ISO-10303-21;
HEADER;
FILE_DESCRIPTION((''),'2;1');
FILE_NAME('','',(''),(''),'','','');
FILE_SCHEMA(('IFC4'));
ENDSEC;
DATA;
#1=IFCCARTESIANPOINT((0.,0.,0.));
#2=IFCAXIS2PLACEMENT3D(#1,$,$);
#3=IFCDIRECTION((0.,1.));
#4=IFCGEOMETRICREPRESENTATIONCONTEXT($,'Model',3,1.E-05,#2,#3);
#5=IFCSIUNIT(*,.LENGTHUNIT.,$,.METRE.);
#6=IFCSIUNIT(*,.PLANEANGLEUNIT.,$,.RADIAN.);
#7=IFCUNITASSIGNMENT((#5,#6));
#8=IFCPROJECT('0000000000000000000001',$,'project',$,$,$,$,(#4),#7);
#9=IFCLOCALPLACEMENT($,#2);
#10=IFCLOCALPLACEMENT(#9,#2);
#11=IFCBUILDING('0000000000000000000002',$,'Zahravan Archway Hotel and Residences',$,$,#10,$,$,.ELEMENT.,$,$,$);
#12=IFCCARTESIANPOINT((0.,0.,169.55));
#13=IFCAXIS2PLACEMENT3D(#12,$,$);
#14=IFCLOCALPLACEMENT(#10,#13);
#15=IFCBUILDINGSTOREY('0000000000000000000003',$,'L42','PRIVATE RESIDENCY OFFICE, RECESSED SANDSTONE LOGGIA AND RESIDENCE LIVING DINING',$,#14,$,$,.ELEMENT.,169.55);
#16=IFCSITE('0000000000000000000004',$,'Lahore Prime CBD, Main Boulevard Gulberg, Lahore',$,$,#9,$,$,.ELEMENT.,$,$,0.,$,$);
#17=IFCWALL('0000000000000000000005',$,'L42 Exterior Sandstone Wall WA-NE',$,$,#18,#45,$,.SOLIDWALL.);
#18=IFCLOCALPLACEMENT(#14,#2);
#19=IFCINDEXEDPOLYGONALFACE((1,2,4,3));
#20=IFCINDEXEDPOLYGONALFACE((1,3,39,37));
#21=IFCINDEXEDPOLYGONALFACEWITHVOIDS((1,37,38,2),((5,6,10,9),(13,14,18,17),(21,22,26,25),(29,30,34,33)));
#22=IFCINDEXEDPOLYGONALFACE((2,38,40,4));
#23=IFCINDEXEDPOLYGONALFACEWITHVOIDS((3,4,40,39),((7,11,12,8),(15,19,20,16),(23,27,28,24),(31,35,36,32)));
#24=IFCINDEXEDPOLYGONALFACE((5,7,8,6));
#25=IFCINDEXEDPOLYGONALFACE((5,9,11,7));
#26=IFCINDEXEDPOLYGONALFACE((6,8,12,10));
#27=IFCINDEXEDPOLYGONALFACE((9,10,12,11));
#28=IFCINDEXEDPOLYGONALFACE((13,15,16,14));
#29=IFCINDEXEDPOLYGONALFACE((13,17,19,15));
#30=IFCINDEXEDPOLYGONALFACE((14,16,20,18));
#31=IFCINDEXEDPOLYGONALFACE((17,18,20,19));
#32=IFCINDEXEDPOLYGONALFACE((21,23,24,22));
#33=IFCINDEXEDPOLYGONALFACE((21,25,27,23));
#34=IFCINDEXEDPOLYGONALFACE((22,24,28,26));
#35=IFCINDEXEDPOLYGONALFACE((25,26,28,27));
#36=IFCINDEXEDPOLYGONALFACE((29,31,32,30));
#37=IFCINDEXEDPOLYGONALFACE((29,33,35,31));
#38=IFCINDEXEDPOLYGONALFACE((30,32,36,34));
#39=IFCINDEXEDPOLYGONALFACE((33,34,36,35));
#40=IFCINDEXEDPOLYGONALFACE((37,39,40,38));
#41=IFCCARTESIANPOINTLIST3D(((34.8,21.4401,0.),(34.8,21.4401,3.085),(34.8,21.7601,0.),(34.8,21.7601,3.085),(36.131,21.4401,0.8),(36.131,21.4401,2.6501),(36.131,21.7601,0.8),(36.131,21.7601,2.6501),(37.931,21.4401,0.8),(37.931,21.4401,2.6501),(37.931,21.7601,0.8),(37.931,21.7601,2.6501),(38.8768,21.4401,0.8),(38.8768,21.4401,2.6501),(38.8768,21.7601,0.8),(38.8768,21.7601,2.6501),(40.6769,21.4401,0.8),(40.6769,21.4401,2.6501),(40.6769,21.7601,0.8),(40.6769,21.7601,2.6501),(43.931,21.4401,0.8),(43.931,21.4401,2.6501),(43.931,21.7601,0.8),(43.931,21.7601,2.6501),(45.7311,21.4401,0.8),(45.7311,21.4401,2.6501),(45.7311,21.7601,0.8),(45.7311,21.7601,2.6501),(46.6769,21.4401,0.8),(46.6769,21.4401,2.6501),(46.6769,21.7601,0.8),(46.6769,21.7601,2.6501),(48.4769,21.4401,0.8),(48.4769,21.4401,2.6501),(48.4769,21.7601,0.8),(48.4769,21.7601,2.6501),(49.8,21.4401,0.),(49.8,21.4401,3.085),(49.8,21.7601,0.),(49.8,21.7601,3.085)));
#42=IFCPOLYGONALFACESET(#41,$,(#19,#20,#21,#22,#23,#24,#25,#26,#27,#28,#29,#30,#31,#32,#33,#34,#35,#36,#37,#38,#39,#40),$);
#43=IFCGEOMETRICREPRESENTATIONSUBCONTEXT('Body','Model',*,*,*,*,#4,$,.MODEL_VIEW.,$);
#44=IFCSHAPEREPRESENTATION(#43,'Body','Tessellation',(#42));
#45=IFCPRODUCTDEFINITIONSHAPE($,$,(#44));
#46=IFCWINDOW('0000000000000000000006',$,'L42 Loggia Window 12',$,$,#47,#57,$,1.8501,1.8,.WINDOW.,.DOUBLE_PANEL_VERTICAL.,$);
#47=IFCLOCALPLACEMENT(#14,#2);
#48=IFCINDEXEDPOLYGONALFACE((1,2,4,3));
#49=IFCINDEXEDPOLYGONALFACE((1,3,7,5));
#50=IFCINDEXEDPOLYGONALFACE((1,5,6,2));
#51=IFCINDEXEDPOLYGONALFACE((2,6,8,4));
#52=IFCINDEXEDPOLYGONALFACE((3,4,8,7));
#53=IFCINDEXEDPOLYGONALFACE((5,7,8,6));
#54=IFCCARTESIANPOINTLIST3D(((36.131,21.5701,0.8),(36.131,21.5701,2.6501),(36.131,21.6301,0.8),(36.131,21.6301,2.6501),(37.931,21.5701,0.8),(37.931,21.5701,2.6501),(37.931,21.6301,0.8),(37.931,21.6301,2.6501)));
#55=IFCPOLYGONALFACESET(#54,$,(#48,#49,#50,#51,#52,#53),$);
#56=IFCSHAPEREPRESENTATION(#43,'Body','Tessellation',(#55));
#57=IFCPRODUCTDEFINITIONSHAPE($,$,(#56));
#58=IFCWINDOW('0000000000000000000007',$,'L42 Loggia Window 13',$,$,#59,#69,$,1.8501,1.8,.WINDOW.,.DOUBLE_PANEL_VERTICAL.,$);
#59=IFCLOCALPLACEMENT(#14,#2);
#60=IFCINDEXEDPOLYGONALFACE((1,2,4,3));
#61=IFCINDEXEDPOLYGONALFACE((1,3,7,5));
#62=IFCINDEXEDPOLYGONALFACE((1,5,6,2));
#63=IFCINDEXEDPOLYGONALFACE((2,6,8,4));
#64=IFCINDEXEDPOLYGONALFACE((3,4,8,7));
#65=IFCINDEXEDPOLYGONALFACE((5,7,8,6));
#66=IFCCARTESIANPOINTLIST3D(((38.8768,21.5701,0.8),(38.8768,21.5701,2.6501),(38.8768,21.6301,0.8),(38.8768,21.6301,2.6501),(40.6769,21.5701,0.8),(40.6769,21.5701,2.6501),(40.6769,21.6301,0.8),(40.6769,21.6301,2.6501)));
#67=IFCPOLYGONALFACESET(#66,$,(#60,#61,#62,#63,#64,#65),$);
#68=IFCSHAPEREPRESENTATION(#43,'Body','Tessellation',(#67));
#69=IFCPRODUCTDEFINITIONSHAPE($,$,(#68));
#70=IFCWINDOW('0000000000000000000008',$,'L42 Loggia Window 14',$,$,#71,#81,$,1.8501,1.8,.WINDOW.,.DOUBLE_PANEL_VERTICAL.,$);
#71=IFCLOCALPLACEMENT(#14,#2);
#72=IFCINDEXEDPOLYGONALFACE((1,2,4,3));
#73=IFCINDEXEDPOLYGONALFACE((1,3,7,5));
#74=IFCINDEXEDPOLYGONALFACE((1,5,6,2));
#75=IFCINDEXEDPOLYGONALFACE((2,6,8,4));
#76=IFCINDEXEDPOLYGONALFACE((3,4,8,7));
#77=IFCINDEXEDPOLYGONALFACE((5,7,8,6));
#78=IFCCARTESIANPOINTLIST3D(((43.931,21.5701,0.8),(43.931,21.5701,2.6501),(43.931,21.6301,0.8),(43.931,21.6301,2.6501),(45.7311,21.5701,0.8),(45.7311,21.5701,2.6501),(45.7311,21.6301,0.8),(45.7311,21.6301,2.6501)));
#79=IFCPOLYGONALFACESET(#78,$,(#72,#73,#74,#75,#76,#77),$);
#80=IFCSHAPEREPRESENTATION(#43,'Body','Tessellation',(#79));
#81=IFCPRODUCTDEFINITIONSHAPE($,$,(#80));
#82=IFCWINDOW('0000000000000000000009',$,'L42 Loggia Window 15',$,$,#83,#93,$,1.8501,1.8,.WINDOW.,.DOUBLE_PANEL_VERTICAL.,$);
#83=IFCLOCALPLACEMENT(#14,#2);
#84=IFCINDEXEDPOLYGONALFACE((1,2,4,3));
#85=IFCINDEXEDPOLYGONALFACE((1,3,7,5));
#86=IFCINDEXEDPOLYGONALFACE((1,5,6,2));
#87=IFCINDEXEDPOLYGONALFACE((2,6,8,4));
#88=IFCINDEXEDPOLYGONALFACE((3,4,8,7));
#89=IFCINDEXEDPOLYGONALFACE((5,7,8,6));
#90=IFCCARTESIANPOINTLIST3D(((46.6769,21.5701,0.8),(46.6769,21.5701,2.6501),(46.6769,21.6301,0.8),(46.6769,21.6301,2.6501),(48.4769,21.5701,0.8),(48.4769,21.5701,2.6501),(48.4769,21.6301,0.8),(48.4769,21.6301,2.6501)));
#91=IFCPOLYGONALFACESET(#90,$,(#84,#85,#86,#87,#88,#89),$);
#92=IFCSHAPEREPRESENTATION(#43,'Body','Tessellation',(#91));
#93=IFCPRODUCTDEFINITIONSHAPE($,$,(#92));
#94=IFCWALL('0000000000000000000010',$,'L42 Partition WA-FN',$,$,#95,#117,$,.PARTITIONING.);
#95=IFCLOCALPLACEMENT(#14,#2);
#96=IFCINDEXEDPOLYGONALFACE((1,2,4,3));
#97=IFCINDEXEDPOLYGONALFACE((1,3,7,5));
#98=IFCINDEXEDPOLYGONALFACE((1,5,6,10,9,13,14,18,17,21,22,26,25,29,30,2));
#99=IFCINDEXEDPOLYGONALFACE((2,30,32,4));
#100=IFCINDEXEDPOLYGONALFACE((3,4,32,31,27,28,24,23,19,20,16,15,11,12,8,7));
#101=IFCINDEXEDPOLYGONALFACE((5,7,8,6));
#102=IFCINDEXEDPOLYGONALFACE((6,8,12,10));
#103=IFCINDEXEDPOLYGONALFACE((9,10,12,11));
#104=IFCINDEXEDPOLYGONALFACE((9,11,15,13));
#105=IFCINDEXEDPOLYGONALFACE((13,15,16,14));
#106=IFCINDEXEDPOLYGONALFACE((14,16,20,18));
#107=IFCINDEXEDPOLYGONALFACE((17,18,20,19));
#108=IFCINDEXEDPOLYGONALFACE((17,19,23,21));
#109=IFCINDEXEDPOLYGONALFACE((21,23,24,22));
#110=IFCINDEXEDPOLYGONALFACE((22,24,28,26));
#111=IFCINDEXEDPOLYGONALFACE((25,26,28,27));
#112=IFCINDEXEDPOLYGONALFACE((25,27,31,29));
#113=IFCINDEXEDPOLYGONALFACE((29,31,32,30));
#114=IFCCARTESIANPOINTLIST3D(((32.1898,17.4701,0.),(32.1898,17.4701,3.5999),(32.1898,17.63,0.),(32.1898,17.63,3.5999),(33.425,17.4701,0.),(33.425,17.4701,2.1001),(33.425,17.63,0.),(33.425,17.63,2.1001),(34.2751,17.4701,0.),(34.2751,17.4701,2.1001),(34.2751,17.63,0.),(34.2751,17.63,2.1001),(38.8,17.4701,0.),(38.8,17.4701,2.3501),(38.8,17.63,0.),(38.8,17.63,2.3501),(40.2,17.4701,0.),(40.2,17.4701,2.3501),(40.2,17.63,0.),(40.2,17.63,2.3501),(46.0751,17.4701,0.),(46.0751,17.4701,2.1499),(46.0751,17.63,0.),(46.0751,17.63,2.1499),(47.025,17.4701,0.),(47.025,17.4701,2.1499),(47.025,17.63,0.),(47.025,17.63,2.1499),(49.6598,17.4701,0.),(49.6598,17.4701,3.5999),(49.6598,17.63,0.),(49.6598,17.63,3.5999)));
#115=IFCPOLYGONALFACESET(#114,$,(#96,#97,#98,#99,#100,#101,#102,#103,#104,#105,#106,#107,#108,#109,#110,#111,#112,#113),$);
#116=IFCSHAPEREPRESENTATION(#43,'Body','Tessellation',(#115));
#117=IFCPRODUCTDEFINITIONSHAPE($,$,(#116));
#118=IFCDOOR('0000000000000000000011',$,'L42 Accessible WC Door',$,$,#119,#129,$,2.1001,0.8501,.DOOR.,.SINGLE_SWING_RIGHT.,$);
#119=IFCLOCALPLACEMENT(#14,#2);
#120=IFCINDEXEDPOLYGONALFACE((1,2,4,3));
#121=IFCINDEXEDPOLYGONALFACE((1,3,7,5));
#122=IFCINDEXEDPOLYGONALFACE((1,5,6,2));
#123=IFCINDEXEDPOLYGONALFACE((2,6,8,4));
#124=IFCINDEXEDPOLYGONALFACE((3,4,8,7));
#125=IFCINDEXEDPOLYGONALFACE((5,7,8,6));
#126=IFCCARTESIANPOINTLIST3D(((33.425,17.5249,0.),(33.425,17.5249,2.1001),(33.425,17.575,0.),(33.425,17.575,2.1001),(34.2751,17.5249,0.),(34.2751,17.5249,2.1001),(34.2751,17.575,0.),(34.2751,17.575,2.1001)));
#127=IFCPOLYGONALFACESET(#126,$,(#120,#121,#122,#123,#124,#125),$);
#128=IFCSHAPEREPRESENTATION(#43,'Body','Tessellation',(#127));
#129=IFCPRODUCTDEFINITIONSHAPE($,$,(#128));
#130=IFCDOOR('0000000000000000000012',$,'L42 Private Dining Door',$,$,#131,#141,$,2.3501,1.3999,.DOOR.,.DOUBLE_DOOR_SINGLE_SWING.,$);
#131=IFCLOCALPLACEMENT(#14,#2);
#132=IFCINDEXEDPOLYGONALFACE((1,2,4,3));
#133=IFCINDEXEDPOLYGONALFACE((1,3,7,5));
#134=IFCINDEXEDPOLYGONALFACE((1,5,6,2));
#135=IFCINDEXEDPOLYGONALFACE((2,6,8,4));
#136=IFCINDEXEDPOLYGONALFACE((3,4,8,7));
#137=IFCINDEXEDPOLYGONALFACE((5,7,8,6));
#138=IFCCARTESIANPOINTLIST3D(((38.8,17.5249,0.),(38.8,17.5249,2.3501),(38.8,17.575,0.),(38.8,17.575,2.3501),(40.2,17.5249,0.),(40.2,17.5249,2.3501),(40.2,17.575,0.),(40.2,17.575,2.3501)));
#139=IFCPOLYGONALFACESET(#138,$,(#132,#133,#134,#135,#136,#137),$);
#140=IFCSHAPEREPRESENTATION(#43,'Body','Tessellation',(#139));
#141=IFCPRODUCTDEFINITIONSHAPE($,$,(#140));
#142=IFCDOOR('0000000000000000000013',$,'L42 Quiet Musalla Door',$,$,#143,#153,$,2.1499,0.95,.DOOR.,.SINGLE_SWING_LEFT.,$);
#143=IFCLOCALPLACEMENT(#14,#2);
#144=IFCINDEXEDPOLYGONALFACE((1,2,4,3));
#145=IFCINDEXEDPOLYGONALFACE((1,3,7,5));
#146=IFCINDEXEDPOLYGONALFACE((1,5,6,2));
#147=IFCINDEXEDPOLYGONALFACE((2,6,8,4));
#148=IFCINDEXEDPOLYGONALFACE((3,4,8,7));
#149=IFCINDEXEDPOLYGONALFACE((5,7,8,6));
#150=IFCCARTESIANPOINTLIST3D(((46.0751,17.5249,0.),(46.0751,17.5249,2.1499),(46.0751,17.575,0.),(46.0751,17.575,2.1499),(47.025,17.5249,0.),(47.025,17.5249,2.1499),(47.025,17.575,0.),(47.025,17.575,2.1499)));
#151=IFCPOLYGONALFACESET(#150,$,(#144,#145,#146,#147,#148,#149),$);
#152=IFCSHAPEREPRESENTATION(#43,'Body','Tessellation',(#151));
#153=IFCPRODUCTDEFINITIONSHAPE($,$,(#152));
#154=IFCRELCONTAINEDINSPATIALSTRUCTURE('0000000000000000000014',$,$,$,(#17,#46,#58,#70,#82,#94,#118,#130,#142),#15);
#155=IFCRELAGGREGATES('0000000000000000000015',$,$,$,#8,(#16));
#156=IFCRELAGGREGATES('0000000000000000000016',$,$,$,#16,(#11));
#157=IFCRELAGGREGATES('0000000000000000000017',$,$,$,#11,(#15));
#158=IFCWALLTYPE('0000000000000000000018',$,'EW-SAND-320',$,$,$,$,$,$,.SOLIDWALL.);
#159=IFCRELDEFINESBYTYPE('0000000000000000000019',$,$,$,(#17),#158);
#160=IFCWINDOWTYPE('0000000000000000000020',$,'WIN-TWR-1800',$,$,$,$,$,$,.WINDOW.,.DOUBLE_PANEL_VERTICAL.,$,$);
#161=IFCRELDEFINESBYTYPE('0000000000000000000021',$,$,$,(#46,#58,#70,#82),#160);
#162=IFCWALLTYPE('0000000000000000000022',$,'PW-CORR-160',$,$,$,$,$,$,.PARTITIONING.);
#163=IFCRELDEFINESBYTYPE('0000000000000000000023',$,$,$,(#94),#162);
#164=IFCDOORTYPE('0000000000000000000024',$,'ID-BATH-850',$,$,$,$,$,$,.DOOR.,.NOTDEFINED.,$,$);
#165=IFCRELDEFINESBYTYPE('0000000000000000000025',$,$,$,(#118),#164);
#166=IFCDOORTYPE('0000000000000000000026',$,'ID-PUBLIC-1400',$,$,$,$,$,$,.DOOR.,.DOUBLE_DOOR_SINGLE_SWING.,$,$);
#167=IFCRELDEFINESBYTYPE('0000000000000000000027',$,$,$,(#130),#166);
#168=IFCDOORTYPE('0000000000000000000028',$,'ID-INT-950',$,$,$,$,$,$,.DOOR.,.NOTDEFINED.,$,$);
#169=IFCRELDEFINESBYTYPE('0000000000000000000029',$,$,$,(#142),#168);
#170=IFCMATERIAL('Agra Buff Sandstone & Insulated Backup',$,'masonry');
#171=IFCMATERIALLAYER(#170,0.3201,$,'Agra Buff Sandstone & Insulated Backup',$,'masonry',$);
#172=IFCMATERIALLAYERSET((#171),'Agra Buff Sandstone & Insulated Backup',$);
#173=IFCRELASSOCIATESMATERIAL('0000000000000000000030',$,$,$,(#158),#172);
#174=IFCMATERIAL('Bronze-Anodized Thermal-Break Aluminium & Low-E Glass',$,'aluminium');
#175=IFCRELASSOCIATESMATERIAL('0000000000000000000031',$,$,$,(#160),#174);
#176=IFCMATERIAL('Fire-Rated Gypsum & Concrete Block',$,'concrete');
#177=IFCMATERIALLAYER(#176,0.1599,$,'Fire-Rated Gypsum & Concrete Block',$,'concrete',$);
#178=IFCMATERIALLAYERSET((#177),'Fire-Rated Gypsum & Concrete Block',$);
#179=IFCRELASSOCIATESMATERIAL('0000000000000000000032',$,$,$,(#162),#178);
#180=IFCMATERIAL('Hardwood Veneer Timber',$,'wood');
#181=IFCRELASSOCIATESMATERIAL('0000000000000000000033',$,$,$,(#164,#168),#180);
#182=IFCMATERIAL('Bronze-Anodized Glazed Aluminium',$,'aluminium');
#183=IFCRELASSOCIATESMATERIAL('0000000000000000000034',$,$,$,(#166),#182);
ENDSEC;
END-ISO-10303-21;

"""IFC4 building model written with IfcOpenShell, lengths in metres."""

from ifc_helpers import new_model, si_unit, direction, frame, frame_2d, origin, place, context, subcontext, project, spatial, rectangle, extrude, source, transform, mapped, material, layer, layer_set, type_object, type_shapes, element, fill, save


model = new_model("IFC4")

# Units and contexts
model_context = context("Model", 3, precision=1e-05, world=origin(), true_north=direction((0.0, 1.0)))
body_context = subcontext(model_context, "Body", "Model", "MODEL_VIEW")
ifc_project = project(units=[si_unit("LENGTHUNIT", "METRE"), si_unit("PLANEANGLEUNIT", "RADIAN")], contexts=[model_context])

# Site, building, storey
site_placement = place(None, origin())
site = spatial("IfcSite", under=ifc_project, at=site_placement, Name="Lahore Prime CBD, Main Boulevard Gulberg, Lahore", CompositionType="ELEMENT", RefElevation=0.0)
building_placement = place(site_placement, origin())
building = spatial("IfcBuilding", under=site, at=building_placement, Name="Zahravan Archway Hotel and Residences", CompositionType="ELEMENT")
storey_placement = place(building_placement, frame((0.0, 0.0, 169.55)))
storey = spatial("IfcBuildingStorey", under=building, at=storey_placement, Name="L42", Description="PRIVATE RESIDENCY OFFICE, RECESSED SANDSTONE LOGGIA AND RESIDENCE LIVING DINING", CompositionType="ELEMENT", Elevation=169.55)

# Wall, openings, windows
ifc_material_1 = material(Name="Agra Buff Sandstone & Insulated Backup", Category="masonry")
ifc_layer_1 = layer(ifc_material_1, 0.3201, Name="Agra Buff Sandstone & Insulated Backup", Category="masonry")
ifc_layer_set_1 = layer_set([ifc_layer_1], Name="Agra Buff Sandstone & Insulated Backup")
wall_type_1 = type_object("IfcWallType", Name="EW-SAND-320", PredefinedType="SOLIDWALL", material=ifc_layer_set_1)
wall_1_placement = place(storey_placement, frame((34.8, 21.6001, 0.0), z_axis=(0.0, 0.0, 1.0), x_axis=(1.0, 0.0, 0.0)))
wall_1 = element("IfcWall", 1, at=wall_1_placement, inside=storey, type_object=wall_type_1, Name="L42 Exterior Sandstone Wall WA-NE", PredefinedType="SOLIDWALL", context=body_context, shape_type="SweptSolid", body=[
    extrude(rectangle(XDim=15.0, YDim=0.3201, at=frame_2d((7.5, 0.0))), origin(), (0.0, 0.0, 1.0), 3.085),
])
opening_1_placement = place(wall_1_placement, frame((1.3311, 0.0, 0.8)))
opening_1 = element("IfcOpeningElement", 2, at=opening_1_placement, cuts=wall_1, PredefinedType="OPENING", context=body_context, shape_type="SweptSolid", body=[
    extrude(rectangle(XDim=1.8, YDim=1.8501, at=frame_2d((0.8999, 0.925))), frame((0.0, 0.1699, 0.0), z_axis=(0.0, -1.0, 0.0), x_axis=(1.0, 0.0, 0.0)), (0.0, 0.0, 1.0), 0.3401),
])
opening_2_placement = place(wall_1_placement, frame((4.0769, 0.0, 0.8)))
opening_2 = element("IfcOpeningElement", 3, at=opening_2_placement, cuts=wall_1, PredefinedType="OPENING", context=body_context, shape_type="SweptSolid", body=[
    extrude(rectangle(XDim=1.8, YDim=1.8501, at=frame_2d((0.8999, 0.925))), frame((0.0, 0.1699, 0.0), z_axis=(0.0, -1.0, 0.0), x_axis=(1.0, 0.0, 0.0)), (0.0, 0.0, 1.0), 0.3401),
])
opening_3_placement = place(wall_1_placement, frame((9.1311, 0.0, 0.8)))
opening_3 = element("IfcOpeningElement", 4, at=opening_3_placement, cuts=wall_1, PredefinedType="OPENING", context=body_context, shape_type="SweptSolid", body=[
    extrude(rectangle(XDim=1.8, YDim=1.8501, at=frame_2d((0.8999, 0.925))), frame((0.0, 0.1699, 0.0), z_axis=(0.0, -1.0, 0.0), x_axis=(1.0, 0.0, 0.0)), (0.0, 0.0, 1.0), 0.3401),
])
opening_4_placement = place(wall_1_placement, frame((11.877, 0.0, 0.8)))
opening_4 = element("IfcOpeningElement", 5, at=opening_4_placement, cuts=wall_1, PredefinedType="OPENING", context=body_context, shape_type="SweptSolid", body=[
    extrude(rectangle(XDim=1.8, YDim=1.8501, at=frame_2d((0.8999, 0.925))), frame((0.0, 0.1699, 0.0), z_axis=(0.0, -1.0, 0.0), x_axis=(1.0, 0.0, 0.0)), (0.0, 0.0, 1.0), 0.3401),
])
ifc_material_2 = material(Name="Bronze-Anodized Thermal-Break Aluminium & Low-E Glass", Category="aluminium")
window_type = type_object("IfcWindowType", Name="WIN-TWR-1800", PartitioningType="DOUBLE_PANEL_VERTICAL", PredefinedType="WINDOW", material=ifc_material_2)
shared_shape_1 = source(origin(), body_context, "Body", "SweptSolid", [
    extrude(rectangle(XDim=1.8, YDim=1.8501, at=frame_2d((0.8999, 0.925))), frame((0.0, 0.03, 0.0), z_axis=(0.0, -1.0, 0.0), x_axis=(1.0, 0.0, 0.0)), (0.0, 0.0, 1.0), 0.0601),
])
type_shapes(window_type, [shared_shape_1])
window_1_placement = place(opening_1_placement, origin())
window_1 = element("IfcWindow", 6, at=window_1_placement, inside=storey, type_object=window_type, Name="L42 Loggia Window 12", OverallHeight=1.8501, OverallWidth=1.8, PartitioningType="DOUBLE_PANEL_VERTICAL", PredefinedType="WINDOW", context=body_context, shape_type="MappedRepresentation", body=[
    mapped(shared_shape_1, transform((0.0, 0.0, 0.0), scale=1.0)),
])
fill(opening_1, window_1)
window_2_placement = place(opening_2_placement, origin())
window_2 = element("IfcWindow", 7, at=window_2_placement, inside=storey, type_object=window_type, Name="L42 Loggia Window 13", OverallHeight=1.8501, OverallWidth=1.8, PartitioningType="DOUBLE_PANEL_VERTICAL", PredefinedType="WINDOW", context=body_context, shape_type="MappedRepresentation", body=[
    mapped(shared_shape_1, transform((0.0, 0.0, 0.0), scale=1.0)),
])
fill(opening_2, window_2)
window_3_placement = place(opening_3_placement, origin())
window_3 = element("IfcWindow", 8, at=window_3_placement, inside=storey, type_object=window_type, Name="L42 Loggia Window 14", OverallHeight=1.8501, OverallWidth=1.8, PartitioningType="DOUBLE_PANEL_VERTICAL", PredefinedType="WINDOW", context=body_context, shape_type="MappedRepresentation", body=[
    mapped(shared_shape_1, transform((0.0, 0.0, 0.0), scale=1.0)),
])
fill(opening_3, window_3)
window_4_placement = place(opening_4_placement, origin())
window_4 = element("IfcWindow", 9, at=window_4_placement, inside=storey, type_object=window_type, Name="L42 Loggia Window 15", OverallHeight=1.8501, OverallWidth=1.8, PartitioningType="DOUBLE_PANEL_VERTICAL", PredefinedType="WINDOW", context=body_context, shape_type="MappedRepresentation", body=[
    mapped(shared_shape_1, transform((0.0, 0.0, 0.0), scale=1.0)),
])
fill(opening_4, window_4)

# Wall, openings, doors
ifc_material_3 = material(Name="Fire-Rated Gypsum & Concrete Block", Category="concrete")
ifc_layer_2 = layer(ifc_material_3, 0.1599, Name="Fire-Rated Gypsum & Concrete Block", Category="concrete")
ifc_layer_set_2 = layer_set([ifc_layer_2], Name="Fire-Rated Gypsum & Concrete Block")
wall_type_2 = type_object("IfcWallType", Name="PW-CORR-160", PredefinedType="PARTITIONING", material=ifc_layer_set_2)
wall_2_placement = place(storey_placement, frame((32.1899, 17.55, 0.0), z_axis=(0.0, 0.0, 1.0), x_axis=(1.0, 0.0, 0.0)))
wall_2 = element("IfcWall", 10, at=wall_2_placement, inside=storey, type_object=wall_type_2, Name="L42 Partition WA-FN", PredefinedType="PARTITIONING", context=body_context, shape_type="SweptSolid", body=[
    extrude(rectangle(XDim=17.47, YDim=0.1599, at=frame_2d((8.7349, 0.0))), origin(), (0.0, 0.0, 1.0), 3.5999),
])
opening_5_placement = place(wall_2_placement, frame((1.2351, 0.0, 0.0)))
opening_5 = element("IfcOpeningElement", 11, at=opening_5_placement, cuts=wall_2, PredefinedType="OPENING", context=body_context, shape_type="SweptSolid", body=[
    extrude(rectangle(XDim=0.8501, YDim=2.1001, at=frame_2d((0.425, 1.05))), frame((0.0, 0.0898, 0.0), z_axis=(0.0, -1.0, 0.0), x_axis=(1.0, 0.0, 0.0)), (0.0, 0.0, 1.0), 0.1799),
])
opening_6_placement = place(wall_2_placement, frame((6.6101, 0.0, 0.0)))
opening_6 = element("IfcOpeningElement", 12, at=opening_6_placement, cuts=wall_2, PredefinedType="OPENING", context=body_context, shape_type="SweptSolid", body=[
    extrude(rectangle(XDim=1.3999, YDim=2.3501, at=frame_2d((0.7, 1.175))), frame((0.0, 0.0898, 0.0), z_axis=(0.0, -1.0, 0.0), x_axis=(1.0, 0.0, 0.0)), (0.0, 0.0, 1.0), 0.1799),
])
opening_7_placement = place(wall_2_placement, frame((13.885, 0.0, 0.0)))
opening_7 = element("IfcOpeningElement", 13, at=opening_7_placement, cuts=wall_2, PredefinedType="OPENING", context=body_context, shape_type="SweptSolid", body=[
    extrude(rectangle(XDim=0.95, YDim=2.1499, at=frame_2d((0.4751, 1.075))), frame((0.0, 0.0898, 0.0), z_axis=(0.0, -1.0, 0.0), x_axis=(1.0, 0.0, 0.0)), (0.0, 0.0, 1.0), 0.1799),
])
ifc_material_4 = material(Name="Hardwood Veneer Timber", Category="wood")
door_type_1 = type_object("IfcDoorType", Name="ID-BATH-850", OperationType="NOTDEFINED", PredefinedType="DOOR", material=ifc_material_4)
shared_shape_2 = source(origin(), body_context, "Body", "SweptSolid", [
    extrude(rectangle(XDim=0.8501, YDim=2.1001, at=frame_2d((0.425, 1.05))), frame((0.0, 0.0249, 0.0), z_axis=(0.0, -1.0, 0.0), x_axis=(1.0, 0.0, 0.0)), (0.0, 0.0, 1.0), 0.05),
])
type_shapes(door_type_1, [shared_shape_2])
door_1_placement = place(opening_5_placement, origin())
door_1 = element("IfcDoor", 14, at=door_1_placement, inside=storey, type_object=door_type_1, Name="L42 Accessible WC Door", OperationType="SINGLE_SWING_RIGHT", OverallHeight=2.1001, OverallWidth=0.8501, PredefinedType="DOOR", context=body_context, shape_type="MappedRepresentation", body=[
    mapped(shared_shape_2, transform((0.0, 0.0, 0.0), scale=1.0)),
])
fill(opening_5, door_1)
ifc_material_5 = material(Name="Bronze-Anodized Glazed Aluminium", Category="aluminium")
door_type_2 = type_object("IfcDoorType", Name="ID-PUBLIC-1400", OperationType="DOUBLE_DOOR_SINGLE_SWING", PredefinedType="DOOR", material=ifc_material_5)
shared_shape_3 = source(origin(), body_context, "Body", "SweptSolid", [
    extrude(rectangle(XDim=1.3999, YDim=2.3501, at=frame_2d((0.7, 1.175))), frame((0.0, 0.0249, 0.0), z_axis=(0.0, -1.0, 0.0), x_axis=(1.0, 0.0, 0.0)), (0.0, 0.0, 1.0), 0.05),
])
type_shapes(door_type_2, [shared_shape_3])
door_2_placement = place(opening_6_placement, origin())
door_2 = element("IfcDoor", 15, at=door_2_placement, inside=storey, type_object=door_type_2, Name="L42 Private Dining Door", OperationType="DOUBLE_DOOR_SINGLE_SWING", OverallHeight=2.3501, OverallWidth=1.3999, PredefinedType="DOOR", context=body_context, shape_type="MappedRepresentation", body=[
    mapped(shared_shape_3, transform((0.0, 0.0, 0.0), scale=1.0)),
])
fill(opening_6, door_2)
door_type_3 = type_object("IfcDoorType", Name="ID-INT-950", OperationType="NOTDEFINED", PredefinedType="DOOR", material=ifc_material_4)
shared_shape_4 = source(origin(), body_context, "Body", "SweptSolid", [
    extrude(rectangle(XDim=0.95, YDim=2.1499, at=frame_2d((0.4751, 1.075))), frame((0.0, 0.0249, 0.0), z_axis=(0.0, -1.0, 0.0), x_axis=(1.0, 0.0, 0.0)), (0.0, 0.0, 1.0), 0.05),
])
type_shapes(door_type_3, [shared_shape_4])
door_3_placement = place(opening_7_placement, origin())
door_3 = element("IfcDoor", 16, at=door_3_placement, inside=storey, type_object=door_type_3, Name="L42 Quiet Musalla Door", OperationType="SINGLE_SWING_LEFT", OverallHeight=2.1499, OverallWidth=0.95, PredefinedType="DOOR", context=body_context, shape_type="MappedRepresentation", body=[
    mapped(shared_shape_4, transform((0.0, 0.0, 0.0), scale=1.0)),
])
fill(opening_7, door_3)

save(model, "model.ifc")
